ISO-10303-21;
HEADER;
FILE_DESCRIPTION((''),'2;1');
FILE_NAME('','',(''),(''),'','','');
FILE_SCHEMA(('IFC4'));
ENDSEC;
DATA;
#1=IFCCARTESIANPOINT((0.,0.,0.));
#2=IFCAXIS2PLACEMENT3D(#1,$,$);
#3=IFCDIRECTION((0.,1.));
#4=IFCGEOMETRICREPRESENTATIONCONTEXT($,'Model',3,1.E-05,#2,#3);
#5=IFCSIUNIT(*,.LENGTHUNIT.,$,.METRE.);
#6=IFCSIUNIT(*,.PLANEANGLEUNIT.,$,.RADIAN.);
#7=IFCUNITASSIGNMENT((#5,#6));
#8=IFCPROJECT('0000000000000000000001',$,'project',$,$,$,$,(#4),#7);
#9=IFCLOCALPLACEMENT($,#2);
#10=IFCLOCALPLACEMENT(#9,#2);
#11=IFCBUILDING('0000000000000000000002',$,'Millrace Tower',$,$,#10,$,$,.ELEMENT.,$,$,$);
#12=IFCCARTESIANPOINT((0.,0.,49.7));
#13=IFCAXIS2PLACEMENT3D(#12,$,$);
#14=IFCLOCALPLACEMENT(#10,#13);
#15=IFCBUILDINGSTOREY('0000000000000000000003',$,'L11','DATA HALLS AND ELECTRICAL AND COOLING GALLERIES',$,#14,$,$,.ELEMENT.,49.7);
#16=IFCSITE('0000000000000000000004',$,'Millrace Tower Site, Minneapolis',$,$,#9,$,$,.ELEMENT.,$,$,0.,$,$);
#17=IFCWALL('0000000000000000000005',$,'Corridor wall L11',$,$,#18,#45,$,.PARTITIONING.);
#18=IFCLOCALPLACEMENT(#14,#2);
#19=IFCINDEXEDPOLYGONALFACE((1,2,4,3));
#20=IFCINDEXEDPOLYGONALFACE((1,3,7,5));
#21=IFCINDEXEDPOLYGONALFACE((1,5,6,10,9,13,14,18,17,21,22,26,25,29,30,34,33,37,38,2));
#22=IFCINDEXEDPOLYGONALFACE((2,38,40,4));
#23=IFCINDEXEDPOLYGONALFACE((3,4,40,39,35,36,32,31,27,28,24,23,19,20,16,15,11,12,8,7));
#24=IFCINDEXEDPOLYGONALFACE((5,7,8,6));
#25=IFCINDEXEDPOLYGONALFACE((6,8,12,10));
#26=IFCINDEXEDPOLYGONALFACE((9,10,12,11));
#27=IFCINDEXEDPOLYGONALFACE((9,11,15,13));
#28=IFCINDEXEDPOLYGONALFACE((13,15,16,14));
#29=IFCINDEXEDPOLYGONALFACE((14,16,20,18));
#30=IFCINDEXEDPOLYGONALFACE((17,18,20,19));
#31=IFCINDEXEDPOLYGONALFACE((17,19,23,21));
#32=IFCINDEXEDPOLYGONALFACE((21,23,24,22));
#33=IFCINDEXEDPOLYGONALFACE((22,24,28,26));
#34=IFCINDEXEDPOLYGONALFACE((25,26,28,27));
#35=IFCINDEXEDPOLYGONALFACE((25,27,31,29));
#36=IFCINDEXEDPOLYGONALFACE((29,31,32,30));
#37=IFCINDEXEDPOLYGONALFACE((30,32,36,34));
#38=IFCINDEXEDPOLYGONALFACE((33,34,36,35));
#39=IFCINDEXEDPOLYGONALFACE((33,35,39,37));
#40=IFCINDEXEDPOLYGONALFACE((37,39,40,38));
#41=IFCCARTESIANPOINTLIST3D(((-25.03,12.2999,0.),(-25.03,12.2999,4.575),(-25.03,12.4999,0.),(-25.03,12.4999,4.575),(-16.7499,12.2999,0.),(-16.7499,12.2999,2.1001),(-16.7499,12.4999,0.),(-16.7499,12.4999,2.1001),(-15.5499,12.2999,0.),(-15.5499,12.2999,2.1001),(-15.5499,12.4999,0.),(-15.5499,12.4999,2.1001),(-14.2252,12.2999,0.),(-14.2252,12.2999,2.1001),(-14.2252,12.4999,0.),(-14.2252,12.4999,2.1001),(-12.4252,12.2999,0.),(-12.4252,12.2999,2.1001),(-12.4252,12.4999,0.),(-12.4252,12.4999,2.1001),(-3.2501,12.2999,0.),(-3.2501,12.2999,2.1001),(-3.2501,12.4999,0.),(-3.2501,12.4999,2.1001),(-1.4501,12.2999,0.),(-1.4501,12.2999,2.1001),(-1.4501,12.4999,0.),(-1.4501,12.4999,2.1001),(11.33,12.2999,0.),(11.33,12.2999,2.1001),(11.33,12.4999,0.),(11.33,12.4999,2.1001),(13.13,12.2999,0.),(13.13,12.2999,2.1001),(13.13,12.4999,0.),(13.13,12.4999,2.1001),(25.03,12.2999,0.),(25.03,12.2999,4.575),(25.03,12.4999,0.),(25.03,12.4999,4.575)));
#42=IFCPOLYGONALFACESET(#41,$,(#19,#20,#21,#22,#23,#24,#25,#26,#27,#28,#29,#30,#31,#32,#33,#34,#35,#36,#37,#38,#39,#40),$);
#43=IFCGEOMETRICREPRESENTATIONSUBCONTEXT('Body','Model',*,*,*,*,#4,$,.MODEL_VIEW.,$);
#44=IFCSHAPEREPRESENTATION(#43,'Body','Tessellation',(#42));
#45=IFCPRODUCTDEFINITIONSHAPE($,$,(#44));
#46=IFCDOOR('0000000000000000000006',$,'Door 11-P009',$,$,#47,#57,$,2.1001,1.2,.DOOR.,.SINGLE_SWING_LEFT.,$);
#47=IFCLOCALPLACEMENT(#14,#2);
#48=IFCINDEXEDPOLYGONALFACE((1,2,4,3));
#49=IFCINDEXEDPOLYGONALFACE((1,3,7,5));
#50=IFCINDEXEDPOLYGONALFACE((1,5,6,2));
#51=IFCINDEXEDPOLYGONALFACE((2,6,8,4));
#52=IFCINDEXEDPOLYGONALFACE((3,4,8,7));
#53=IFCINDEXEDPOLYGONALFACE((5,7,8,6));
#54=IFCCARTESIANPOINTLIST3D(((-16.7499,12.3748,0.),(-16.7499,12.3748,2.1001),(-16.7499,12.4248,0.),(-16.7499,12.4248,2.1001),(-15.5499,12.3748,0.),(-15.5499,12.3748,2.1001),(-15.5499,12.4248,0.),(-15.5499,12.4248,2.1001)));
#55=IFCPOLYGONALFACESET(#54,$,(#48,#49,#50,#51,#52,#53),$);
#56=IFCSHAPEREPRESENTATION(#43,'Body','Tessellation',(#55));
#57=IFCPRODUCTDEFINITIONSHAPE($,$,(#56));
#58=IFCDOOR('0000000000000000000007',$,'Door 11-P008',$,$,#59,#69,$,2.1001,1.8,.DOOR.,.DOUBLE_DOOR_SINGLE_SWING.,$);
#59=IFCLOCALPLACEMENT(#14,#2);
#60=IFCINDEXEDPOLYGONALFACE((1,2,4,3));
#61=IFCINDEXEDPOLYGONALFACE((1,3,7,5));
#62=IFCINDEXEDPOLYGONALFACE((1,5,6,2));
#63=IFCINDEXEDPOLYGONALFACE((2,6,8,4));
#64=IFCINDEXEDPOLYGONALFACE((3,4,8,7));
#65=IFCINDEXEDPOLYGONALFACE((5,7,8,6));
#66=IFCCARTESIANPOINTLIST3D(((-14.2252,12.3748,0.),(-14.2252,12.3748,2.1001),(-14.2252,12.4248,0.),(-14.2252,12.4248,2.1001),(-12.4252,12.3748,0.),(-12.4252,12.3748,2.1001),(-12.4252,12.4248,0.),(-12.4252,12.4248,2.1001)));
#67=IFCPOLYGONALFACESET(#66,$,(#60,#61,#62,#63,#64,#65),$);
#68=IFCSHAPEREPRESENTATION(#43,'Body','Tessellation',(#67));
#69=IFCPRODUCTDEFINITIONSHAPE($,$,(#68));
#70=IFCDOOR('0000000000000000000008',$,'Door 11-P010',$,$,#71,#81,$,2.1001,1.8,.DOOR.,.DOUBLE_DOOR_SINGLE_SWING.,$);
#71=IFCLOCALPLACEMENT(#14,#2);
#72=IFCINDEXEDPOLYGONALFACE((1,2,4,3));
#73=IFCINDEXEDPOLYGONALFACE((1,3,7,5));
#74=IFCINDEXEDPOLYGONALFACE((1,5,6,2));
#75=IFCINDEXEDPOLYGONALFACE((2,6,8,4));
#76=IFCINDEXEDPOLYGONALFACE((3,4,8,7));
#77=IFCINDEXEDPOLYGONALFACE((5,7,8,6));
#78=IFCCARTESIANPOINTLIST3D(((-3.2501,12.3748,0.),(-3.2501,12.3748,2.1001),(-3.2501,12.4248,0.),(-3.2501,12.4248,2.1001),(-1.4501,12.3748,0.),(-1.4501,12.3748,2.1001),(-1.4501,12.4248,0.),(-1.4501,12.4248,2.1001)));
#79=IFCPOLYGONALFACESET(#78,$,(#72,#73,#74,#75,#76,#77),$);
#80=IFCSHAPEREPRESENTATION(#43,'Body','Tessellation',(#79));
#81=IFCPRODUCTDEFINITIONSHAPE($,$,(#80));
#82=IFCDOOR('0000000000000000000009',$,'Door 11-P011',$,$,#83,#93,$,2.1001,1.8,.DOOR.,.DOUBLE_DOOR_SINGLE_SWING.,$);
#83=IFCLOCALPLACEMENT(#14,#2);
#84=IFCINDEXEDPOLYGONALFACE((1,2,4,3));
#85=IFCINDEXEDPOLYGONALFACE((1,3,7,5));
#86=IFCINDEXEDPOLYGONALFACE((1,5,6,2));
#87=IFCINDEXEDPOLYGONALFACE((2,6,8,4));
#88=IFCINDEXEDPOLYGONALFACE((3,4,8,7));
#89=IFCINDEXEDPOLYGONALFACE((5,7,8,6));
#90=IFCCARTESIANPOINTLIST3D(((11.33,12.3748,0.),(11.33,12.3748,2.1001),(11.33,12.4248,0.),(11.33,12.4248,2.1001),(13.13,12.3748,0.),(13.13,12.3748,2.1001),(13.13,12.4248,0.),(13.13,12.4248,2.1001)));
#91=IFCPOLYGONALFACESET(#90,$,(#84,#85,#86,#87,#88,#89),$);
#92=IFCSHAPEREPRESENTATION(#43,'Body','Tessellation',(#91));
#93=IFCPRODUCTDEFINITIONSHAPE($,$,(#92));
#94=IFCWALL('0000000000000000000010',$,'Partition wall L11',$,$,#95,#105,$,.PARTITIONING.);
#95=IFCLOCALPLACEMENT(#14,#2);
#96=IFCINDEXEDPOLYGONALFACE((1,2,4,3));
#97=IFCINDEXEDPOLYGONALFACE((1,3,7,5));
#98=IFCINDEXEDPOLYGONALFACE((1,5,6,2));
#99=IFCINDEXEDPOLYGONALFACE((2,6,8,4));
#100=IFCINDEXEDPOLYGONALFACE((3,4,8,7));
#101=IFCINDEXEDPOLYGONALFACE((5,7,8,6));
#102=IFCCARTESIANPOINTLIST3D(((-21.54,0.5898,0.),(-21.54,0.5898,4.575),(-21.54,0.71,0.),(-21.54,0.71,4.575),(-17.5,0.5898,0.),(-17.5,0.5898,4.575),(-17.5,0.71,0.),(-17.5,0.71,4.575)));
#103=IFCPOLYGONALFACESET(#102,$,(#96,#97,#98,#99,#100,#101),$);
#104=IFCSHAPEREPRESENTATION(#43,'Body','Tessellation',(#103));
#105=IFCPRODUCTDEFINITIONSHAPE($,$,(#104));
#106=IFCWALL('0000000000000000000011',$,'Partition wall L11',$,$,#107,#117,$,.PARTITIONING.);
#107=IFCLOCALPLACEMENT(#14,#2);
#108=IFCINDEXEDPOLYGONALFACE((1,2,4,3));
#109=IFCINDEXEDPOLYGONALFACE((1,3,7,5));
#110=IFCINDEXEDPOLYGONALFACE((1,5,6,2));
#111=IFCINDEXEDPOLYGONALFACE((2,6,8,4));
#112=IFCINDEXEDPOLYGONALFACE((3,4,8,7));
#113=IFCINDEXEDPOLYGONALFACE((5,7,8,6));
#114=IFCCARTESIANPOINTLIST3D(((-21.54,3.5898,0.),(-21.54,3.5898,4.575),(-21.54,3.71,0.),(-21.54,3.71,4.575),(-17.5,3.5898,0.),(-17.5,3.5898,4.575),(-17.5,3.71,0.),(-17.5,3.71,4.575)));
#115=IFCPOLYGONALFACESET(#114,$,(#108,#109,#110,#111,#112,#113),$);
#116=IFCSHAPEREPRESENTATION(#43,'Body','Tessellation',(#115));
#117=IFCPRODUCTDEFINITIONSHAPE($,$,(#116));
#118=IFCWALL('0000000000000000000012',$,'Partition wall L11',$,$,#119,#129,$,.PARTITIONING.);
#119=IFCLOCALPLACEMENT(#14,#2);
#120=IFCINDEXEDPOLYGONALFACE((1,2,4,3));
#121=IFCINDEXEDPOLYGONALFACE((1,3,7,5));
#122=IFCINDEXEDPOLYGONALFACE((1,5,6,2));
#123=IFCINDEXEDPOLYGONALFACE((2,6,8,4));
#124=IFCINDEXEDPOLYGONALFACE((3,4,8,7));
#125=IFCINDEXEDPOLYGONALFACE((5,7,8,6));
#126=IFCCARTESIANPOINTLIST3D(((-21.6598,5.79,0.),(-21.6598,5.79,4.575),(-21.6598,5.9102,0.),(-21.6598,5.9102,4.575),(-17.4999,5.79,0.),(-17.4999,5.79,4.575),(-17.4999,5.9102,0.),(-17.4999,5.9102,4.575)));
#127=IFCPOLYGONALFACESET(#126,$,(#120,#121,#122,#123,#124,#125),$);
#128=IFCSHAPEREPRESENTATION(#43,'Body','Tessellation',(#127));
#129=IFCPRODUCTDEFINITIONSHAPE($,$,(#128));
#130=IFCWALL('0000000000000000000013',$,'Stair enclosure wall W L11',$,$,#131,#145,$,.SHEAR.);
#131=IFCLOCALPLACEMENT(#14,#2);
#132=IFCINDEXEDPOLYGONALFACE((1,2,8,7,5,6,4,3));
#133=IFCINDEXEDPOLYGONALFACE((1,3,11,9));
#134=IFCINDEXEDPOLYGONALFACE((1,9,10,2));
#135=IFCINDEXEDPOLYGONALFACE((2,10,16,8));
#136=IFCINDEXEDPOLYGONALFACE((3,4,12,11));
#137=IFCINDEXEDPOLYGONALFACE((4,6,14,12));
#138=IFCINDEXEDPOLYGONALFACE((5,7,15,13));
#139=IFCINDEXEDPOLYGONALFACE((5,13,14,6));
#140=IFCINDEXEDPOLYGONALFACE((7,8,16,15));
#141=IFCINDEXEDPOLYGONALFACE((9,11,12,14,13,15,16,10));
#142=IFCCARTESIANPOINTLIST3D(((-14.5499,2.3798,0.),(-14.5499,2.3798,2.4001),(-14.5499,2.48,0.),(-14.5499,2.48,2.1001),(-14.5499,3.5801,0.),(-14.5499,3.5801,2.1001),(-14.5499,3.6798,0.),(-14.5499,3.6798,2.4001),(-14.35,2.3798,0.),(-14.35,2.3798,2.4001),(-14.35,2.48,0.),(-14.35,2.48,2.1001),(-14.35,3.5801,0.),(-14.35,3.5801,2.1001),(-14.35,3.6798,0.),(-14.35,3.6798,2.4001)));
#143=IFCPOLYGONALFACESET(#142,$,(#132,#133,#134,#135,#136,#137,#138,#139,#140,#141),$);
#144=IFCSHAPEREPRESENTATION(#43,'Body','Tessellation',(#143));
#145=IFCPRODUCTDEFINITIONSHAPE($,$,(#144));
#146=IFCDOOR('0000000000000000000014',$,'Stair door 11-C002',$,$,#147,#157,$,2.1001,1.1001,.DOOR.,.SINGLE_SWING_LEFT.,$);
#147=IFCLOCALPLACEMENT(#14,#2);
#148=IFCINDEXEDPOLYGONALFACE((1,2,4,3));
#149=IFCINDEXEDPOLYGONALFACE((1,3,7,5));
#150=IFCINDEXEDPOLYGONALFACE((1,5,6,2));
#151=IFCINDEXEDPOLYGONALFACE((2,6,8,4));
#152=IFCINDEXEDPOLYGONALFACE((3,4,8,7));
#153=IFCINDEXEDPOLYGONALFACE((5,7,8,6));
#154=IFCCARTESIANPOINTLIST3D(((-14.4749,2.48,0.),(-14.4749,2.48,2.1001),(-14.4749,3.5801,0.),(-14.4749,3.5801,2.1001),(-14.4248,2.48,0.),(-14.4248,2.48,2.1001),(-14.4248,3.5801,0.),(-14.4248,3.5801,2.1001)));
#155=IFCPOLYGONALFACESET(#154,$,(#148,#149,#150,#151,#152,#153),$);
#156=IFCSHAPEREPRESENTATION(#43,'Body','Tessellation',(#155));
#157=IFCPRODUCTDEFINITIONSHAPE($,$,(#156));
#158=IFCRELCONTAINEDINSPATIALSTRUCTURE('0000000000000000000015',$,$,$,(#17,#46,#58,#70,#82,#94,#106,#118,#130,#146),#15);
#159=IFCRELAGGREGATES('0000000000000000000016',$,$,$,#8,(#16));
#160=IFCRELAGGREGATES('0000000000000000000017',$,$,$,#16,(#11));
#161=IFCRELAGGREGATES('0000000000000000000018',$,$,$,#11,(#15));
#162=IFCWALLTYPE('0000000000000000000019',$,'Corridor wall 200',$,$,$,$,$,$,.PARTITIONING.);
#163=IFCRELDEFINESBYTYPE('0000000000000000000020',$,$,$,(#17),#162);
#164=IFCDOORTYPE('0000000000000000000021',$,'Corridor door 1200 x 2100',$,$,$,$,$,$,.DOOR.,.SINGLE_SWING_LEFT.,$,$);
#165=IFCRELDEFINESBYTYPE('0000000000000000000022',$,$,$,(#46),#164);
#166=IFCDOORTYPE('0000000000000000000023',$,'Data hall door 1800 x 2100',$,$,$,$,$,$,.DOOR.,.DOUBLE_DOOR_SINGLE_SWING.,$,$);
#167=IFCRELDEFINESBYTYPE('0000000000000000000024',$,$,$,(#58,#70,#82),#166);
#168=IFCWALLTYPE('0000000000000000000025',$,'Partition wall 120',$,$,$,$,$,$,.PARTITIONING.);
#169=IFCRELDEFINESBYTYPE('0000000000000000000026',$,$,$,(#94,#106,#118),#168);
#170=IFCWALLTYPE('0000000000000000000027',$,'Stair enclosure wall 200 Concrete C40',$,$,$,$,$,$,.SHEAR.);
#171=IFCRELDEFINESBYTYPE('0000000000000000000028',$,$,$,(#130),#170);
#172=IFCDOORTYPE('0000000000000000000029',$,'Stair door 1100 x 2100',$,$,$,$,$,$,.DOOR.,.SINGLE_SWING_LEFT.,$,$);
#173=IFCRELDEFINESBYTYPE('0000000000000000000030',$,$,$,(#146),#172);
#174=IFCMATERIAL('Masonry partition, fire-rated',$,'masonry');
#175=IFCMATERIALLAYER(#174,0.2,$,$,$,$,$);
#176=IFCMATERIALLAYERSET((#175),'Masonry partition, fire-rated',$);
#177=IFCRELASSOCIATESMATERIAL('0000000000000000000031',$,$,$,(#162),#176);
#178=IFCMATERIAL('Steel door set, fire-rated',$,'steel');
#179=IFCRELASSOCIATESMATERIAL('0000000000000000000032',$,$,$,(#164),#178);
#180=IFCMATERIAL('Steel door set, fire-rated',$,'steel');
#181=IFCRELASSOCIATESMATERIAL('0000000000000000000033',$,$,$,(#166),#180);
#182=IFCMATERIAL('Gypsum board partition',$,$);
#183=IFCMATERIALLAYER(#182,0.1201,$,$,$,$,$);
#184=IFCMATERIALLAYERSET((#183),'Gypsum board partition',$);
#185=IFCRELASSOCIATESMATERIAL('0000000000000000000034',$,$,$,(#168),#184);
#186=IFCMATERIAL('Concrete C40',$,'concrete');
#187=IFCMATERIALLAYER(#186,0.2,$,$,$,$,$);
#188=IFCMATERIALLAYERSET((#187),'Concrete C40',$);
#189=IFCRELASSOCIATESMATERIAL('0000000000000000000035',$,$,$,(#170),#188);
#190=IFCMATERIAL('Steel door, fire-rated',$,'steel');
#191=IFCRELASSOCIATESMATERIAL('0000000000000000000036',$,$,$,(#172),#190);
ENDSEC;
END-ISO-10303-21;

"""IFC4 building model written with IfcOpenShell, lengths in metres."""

from ifc_helpers import new_model, si_unit, direction, frame, frame_2d, origin, place, context, subcontext, project, spatial, rectangle, extrude, material, layer, layer_set, type_object, element, fill, save


model = new_model("IFC4")

# Units and contexts
model_context = context("Model", 3, precision=1e-05, world=origin(), true_north=direction((0.0, 1.0)))
body_context = subcontext(model_context, "Body", "Model", "MODEL_VIEW")
ifc_project = project(units=[si_unit("LENGTHUNIT", "METRE"), si_unit("PLANEANGLEUNIT", "RADIAN")], contexts=[model_context])

# Site, building, storey
site_placement = place(None, origin())
site = spatial("IfcSite", under=ifc_project, at=site_placement, Name="Millrace Tower Site, Minneapolis", CompositionType="ELEMENT", RefElevation=0.0)
building_placement = place(site_placement, origin())
building = spatial("IfcBuilding", under=site, at=building_placement, Name="Millrace Tower", CompositionType="ELEMENT")
storey_placement = place(building_placement, frame((0.0, 0.0, 49.7)))
storey = spatial("IfcBuildingStorey", under=building, at=storey_placement, Name="L11", Description="DATA HALLS AND ELECTRICAL AND COOLING GALLERIES", CompositionType="ELEMENT", Elevation=49.7)

# Wall, openings, doors
ifc_material_1 = material(Name="Masonry partition, fire-rated", Category="masonry")
ifc_layer_1 = layer(ifc_material_1, 0.2)
ifc_layer_set_1 = layer_set([ifc_layer_1], Name="Masonry partition, fire-rated")
wall_type_1 = type_object("IfcWallType", Name="Corridor wall 200", PredefinedType="PARTITIONING", material=ifc_layer_set_1)
wall_1_placement = place(storey_placement, frame((-25.03, 12.3999, 0.0), z_axis=(0.0, 0.0, 1.0), x_axis=(1.0, 0.0, 0.0)))
wall_1 = element("IfcWall", 1, at=wall_1_placement, inside=storey, type_object=wall_type_1, Name="Corridor wall L11", PredefinedType="PARTITIONING", context=body_context, shape_type="SweptSolid", body=[
    extrude(rectangle(XDim=50.0601, YDim=0.2, at=frame_2d((25.03, 0.0))), origin(), (0.0, 0.0, 1.0), 4.575),
])
opening_1_placement = place(wall_1_placement, frame((10.8049, 0.0, 0.0)))
opening_1 = element("IfcOpeningElement", 2, at=opening_1_placement, cuts=wall_1, PredefinedType="OPENING", context=body_context, shape_type="SweptSolid", body=[
    extrude(rectangle(XDim=1.8, YDim=2.1001, at=frame_2d((0.8999, 1.05))), frame((0.0, 0.1099, 0.0), z_axis=(0.0, -1.0, 0.0), x_axis=(1.0, 0.0, 0.0)), (0.0, 0.0, 1.0), 0.22),
])
opening_2_placement = place(wall_1_placement, frame((8.28, 0.0, 0.0)))
opening_2 = element("IfcOpeningElement", 3, at=opening_2_placement, cuts=wall_1, PredefinedType="OPENING", context=body_context, shape_type="SweptSolid", body=[
    extrude(rectangle(XDim=1.2, YDim=2.1001, at=frame_2d((0.6001, 1.05))), frame((0.0, 0.1099, 0.0), z_axis=(0.0, -1.0, 0.0), x_axis=(1.0, 0.0, 0.0)), (0.0, 0.0, 1.0), 0.22),
])
opening_3_placement = place(wall_1_placement, frame((21.78, 0.0, 0.0)))
opening_3 = element("IfcOpeningElement", 4, at=opening_3_placement, cuts=wall_1, PredefinedType="OPENING", context=body_context, shape_type="SweptSolid", body=[
    extrude(rectangle(XDim=1.8, YDim=2.1001, at=frame_2d((0.8999, 1.05))), frame((0.0, 0.1099, 0.0), z_axis=(0.0, -1.0, 0.0), x_axis=(1.0, 0.0, 0.0)), (0.0, 0.0, 1.0), 0.22),
])
opening_4_placement = place(wall_1_placement, frame((36.3601, 0.0, 0.0)))
opening_4 = element("IfcOpeningElement", 5, at=opening_4_placement, cuts=wall_1, PredefinedType="OPENING", context=body_context, shape_type="SweptSolid", body=[
    extrude(rectangle(XDim=1.8, YDim=2.1001, at=frame_2d((0.8999, 1.05))), frame((0.0, 0.1099, 0.0), z_axis=(0.0, -1.0, 0.0), x_axis=(1.0, 0.0, 0.0)), (0.0, 0.0, 1.0), 0.22),
])
ifc_material_2 = material(Name="Steel door set, fire-rated", Category="steel")
door_type_1 = type_object("IfcDoorType", Name="Corridor door 1200 x 2100", OperationType="SINGLE_SWING_LEFT", PredefinedType="DOOR", material=ifc_material_2)
door_1_placement = place(opening_2_placement, origin())
door_1 = element("IfcDoor", 6, at=door_1_placement, inside=storey, type_object=door_type_1, Name="Door 11-P009", OperationType="SINGLE_SWING_LEFT", OverallHeight=2.1001, OverallWidth=1.2, PredefinedType="DOOR", context=body_context, shape_type="SweptSolid", body=[
    extrude(rectangle(XDim=1.2, YDim=2.1001, at=frame_2d((0.6001, 1.05))), frame((0.0, 0.0249, 0.0), z_axis=(0.0, -1.0, 0.0), x_axis=(1.0, 0.0, 0.0)), (0.0, 0.0, 1.0), 0.05),
])
fill(opening_2, door_1)
ifc_material_3 = material(Name="Steel door set, fire-rated", Category="steel")
door_type_2 = type_object("IfcDoorType", Name="Data hall door 1800 x 2100", OperationType="DOUBLE_DOOR_SINGLE_SWING", PredefinedType="DOOR", material=ifc_material_3)
door_2_placement = place(opening_1_placement, origin())
door_2 = element("IfcDoor", 7, at=door_2_placement, inside=storey, type_object=door_type_2, Name="Door 11-P008", OperationType="DOUBLE_DOOR_SINGLE_SWING", OverallHeight=2.1001, OverallWidth=1.8, PredefinedType="DOOR", context=body_context, shape_type="SweptSolid", body=[
    extrude(rectangle(XDim=1.8, YDim=2.1001, at=frame_2d((0.8999, 1.05))), frame((0.0, 0.0249, 0.0), z_axis=(0.0, -1.0, 0.0), x_axis=(1.0, 0.0, 0.0)), (0.0, 0.0, 1.0), 0.05),
])
fill(opening_1, door_2)
door_3_placement = place(opening_3_placement, origin())
door_3 = element("IfcDoor", 8, at=door_3_placement, inside=storey, type_object=door_type_2, Name="Door 11-P010", OperationType="DOUBLE_DOOR_SINGLE_SWING", OverallHeight=2.1001, OverallWidth=1.8, PredefinedType="DOOR", context=body_context, shape_type="SweptSolid", body=[
    extrude(rectangle(XDim=1.8, YDim=2.1001, at=frame_2d((0.8999, 1.05))), frame((0.0, 0.0249, 0.0), z_axis=(0.0, -1.0, 0.0), x_axis=(1.0, 0.0, 0.0)), (0.0, 0.0, 1.0), 0.05),
])
fill(opening_3, door_3)
door_4_placement = place(opening_4_placement, origin())
door_4 = element("IfcDoor", 9, at=door_4_placement, inside=storey, type_object=door_type_2, Name="Door 11-P011", OperationType="DOUBLE_DOOR_SINGLE_SWING", OverallHeight=2.1001, OverallWidth=1.8, PredefinedType="DOOR", context=body_context, shape_type="SweptSolid", body=[
    extrude(rectangle(XDim=1.8, YDim=2.1001, at=frame_2d((0.8999, 1.05))), frame((0.0, 0.0249, 0.0), z_axis=(0.0, -1.0, 0.0), x_axis=(1.0, 0.0, 0.0)), (0.0, 0.0, 1.0), 0.05),
])
fill(opening_4, door_4)

# Walls
ifc_material_4 = material(Name="Gypsum board partition")
ifc_layer_2 = layer(ifc_material_4, 0.1201)
ifc_layer_set_2 = layer_set([ifc_layer_2], Name="Gypsum board partition")
wall_type_2 = type_object("IfcWallType", Name="Partition wall 120", PredefinedType="PARTITIONING", material=ifc_layer_set_2)
for number, where, z_axis, x_axis, name in (
    (10, (-21.54, 0.6499, 0.0), (0.0, 0.0, 1.0), (1.0, 0.0, 0.0), "Partition wall L11"),
    (11, (-21.54, 3.6499, 0.0), (0.0, 0.0, 1.0), (1.0, 0.0, 0.0), "Partition wall L11"),
):
    element("IfcWall", number, at=place(storey_placement, frame(where, z_axis=z_axis, x_axis=x_axis)), inside=storey, type_object=wall_type_2, Name=name, PredefinedType="PARTITIONING", context=body_context, shape_type="SweptSolid", body=[
        extrude(rectangle(XDim=4.04, YDim=0.1201, at=frame_2d((2.02, 0.0))), origin(), (0.0, 0.0, 1.0), 4.575),
    ])
wall_2_placement = place(storey_placement, frame((-21.6599, 5.8501, 0.0), z_axis=(0.0, 0.0, 1.0), x_axis=(1.0, 0.0, 0.0)))
element("IfcWall", 12, at=wall_2_placement, inside=storey, type_object=wall_type_2, Name="Partition wall L11", PredefinedType="PARTITIONING", context=body_context, shape_type="SweptSolid", body=[
    extrude(rectangle(XDim=4.1599, YDim=0.1201, at=frame_2d((2.0801, 0.0))), origin(), (0.0, 0.0, 1.0), 4.575),
])

# Wall, opening, door
ifc_material_5 = material(Name="Concrete C40", Category="concrete")
ifc_layer_3 = layer(ifc_material_5, 0.2)
ifc_layer_set_3 = layer_set([ifc_layer_3], Name="Concrete C40")
wall_type_3 = type_object("IfcWallType", Name="Stair enclosure wall 200 Concrete C40", PredefinedType="SHEAR", material=ifc_layer_set_3)
wall_3_placement = place(storey_placement, frame((-14.45, 2.3799, 0.0), z_axis=(0.0, 0.0, 1.0), x_axis=(0.0, 1.0, 0.0)))
wall_3 = element("IfcWall", 13, at=wall_3_placement, inside=storey, type_object=wall_type_3, Name="Stair enclosure wall W L11", PredefinedType="SHEAR", context=body_context, shape_type="SweptSolid", body=[
    extrude(rectangle(XDim=1.3, YDim=0.2, at=frame_2d((0.6499, 0.0))), origin(), (0.0, 0.0, 1.0), 2.4001),
])
opening_5_placement = place(wall_3_placement, frame((0.1001, 0.0, 0.0)))
opening_5 = element("IfcOpeningElement", 14, at=opening_5_placement, cuts=wall_3, PredefinedType="OPENING", context=body_context, shape_type="SweptSolid", body=[
    extrude(rectangle(XDim=1.1001, YDim=2.1001, at=frame_2d((0.55, 1.05))), frame((0.0, 0.1099, 0.0), z_axis=(0.0, -1.0, 0.0), x_axis=(1.0, 0.0, 0.0)), (0.0, 0.0, 1.0), 0.22),
])
ifc_material_6 = material(Name="Steel door, fire-rated", Category="steel")
door_type_3 = type_object("IfcDoorType", Name="Stair door 1100 x 2100", OperationType="SINGLE_SWING_LEFT", PredefinedType="DOOR", material=ifc_material_6)
door_5_placement = place(opening_5_placement, origin())
door_5 = element("IfcDoor", 15, at=door_5_placement, inside=storey, type_object=door_type_3, Name="Stair door 11-C002", OperationType="SINGLE_SWING_LEFT", OverallHeight=2.1001, OverallWidth=1.1001, PredefinedType="DOOR", context=body_context, shape_type="SweptSolid", body=[
    extrude(rectangle(XDim=1.1001, YDim=2.1001, at=frame_2d((0.55, 1.05))), frame((0.0, 0.0249, 0.0), z_axis=(0.0, -1.0, 0.0), x_axis=(1.0, 0.0, 0.0)), (0.0, 0.0, 1.0), 0.05),
])
fill(opening_5, door_5)

save(model, "model.ifc")
